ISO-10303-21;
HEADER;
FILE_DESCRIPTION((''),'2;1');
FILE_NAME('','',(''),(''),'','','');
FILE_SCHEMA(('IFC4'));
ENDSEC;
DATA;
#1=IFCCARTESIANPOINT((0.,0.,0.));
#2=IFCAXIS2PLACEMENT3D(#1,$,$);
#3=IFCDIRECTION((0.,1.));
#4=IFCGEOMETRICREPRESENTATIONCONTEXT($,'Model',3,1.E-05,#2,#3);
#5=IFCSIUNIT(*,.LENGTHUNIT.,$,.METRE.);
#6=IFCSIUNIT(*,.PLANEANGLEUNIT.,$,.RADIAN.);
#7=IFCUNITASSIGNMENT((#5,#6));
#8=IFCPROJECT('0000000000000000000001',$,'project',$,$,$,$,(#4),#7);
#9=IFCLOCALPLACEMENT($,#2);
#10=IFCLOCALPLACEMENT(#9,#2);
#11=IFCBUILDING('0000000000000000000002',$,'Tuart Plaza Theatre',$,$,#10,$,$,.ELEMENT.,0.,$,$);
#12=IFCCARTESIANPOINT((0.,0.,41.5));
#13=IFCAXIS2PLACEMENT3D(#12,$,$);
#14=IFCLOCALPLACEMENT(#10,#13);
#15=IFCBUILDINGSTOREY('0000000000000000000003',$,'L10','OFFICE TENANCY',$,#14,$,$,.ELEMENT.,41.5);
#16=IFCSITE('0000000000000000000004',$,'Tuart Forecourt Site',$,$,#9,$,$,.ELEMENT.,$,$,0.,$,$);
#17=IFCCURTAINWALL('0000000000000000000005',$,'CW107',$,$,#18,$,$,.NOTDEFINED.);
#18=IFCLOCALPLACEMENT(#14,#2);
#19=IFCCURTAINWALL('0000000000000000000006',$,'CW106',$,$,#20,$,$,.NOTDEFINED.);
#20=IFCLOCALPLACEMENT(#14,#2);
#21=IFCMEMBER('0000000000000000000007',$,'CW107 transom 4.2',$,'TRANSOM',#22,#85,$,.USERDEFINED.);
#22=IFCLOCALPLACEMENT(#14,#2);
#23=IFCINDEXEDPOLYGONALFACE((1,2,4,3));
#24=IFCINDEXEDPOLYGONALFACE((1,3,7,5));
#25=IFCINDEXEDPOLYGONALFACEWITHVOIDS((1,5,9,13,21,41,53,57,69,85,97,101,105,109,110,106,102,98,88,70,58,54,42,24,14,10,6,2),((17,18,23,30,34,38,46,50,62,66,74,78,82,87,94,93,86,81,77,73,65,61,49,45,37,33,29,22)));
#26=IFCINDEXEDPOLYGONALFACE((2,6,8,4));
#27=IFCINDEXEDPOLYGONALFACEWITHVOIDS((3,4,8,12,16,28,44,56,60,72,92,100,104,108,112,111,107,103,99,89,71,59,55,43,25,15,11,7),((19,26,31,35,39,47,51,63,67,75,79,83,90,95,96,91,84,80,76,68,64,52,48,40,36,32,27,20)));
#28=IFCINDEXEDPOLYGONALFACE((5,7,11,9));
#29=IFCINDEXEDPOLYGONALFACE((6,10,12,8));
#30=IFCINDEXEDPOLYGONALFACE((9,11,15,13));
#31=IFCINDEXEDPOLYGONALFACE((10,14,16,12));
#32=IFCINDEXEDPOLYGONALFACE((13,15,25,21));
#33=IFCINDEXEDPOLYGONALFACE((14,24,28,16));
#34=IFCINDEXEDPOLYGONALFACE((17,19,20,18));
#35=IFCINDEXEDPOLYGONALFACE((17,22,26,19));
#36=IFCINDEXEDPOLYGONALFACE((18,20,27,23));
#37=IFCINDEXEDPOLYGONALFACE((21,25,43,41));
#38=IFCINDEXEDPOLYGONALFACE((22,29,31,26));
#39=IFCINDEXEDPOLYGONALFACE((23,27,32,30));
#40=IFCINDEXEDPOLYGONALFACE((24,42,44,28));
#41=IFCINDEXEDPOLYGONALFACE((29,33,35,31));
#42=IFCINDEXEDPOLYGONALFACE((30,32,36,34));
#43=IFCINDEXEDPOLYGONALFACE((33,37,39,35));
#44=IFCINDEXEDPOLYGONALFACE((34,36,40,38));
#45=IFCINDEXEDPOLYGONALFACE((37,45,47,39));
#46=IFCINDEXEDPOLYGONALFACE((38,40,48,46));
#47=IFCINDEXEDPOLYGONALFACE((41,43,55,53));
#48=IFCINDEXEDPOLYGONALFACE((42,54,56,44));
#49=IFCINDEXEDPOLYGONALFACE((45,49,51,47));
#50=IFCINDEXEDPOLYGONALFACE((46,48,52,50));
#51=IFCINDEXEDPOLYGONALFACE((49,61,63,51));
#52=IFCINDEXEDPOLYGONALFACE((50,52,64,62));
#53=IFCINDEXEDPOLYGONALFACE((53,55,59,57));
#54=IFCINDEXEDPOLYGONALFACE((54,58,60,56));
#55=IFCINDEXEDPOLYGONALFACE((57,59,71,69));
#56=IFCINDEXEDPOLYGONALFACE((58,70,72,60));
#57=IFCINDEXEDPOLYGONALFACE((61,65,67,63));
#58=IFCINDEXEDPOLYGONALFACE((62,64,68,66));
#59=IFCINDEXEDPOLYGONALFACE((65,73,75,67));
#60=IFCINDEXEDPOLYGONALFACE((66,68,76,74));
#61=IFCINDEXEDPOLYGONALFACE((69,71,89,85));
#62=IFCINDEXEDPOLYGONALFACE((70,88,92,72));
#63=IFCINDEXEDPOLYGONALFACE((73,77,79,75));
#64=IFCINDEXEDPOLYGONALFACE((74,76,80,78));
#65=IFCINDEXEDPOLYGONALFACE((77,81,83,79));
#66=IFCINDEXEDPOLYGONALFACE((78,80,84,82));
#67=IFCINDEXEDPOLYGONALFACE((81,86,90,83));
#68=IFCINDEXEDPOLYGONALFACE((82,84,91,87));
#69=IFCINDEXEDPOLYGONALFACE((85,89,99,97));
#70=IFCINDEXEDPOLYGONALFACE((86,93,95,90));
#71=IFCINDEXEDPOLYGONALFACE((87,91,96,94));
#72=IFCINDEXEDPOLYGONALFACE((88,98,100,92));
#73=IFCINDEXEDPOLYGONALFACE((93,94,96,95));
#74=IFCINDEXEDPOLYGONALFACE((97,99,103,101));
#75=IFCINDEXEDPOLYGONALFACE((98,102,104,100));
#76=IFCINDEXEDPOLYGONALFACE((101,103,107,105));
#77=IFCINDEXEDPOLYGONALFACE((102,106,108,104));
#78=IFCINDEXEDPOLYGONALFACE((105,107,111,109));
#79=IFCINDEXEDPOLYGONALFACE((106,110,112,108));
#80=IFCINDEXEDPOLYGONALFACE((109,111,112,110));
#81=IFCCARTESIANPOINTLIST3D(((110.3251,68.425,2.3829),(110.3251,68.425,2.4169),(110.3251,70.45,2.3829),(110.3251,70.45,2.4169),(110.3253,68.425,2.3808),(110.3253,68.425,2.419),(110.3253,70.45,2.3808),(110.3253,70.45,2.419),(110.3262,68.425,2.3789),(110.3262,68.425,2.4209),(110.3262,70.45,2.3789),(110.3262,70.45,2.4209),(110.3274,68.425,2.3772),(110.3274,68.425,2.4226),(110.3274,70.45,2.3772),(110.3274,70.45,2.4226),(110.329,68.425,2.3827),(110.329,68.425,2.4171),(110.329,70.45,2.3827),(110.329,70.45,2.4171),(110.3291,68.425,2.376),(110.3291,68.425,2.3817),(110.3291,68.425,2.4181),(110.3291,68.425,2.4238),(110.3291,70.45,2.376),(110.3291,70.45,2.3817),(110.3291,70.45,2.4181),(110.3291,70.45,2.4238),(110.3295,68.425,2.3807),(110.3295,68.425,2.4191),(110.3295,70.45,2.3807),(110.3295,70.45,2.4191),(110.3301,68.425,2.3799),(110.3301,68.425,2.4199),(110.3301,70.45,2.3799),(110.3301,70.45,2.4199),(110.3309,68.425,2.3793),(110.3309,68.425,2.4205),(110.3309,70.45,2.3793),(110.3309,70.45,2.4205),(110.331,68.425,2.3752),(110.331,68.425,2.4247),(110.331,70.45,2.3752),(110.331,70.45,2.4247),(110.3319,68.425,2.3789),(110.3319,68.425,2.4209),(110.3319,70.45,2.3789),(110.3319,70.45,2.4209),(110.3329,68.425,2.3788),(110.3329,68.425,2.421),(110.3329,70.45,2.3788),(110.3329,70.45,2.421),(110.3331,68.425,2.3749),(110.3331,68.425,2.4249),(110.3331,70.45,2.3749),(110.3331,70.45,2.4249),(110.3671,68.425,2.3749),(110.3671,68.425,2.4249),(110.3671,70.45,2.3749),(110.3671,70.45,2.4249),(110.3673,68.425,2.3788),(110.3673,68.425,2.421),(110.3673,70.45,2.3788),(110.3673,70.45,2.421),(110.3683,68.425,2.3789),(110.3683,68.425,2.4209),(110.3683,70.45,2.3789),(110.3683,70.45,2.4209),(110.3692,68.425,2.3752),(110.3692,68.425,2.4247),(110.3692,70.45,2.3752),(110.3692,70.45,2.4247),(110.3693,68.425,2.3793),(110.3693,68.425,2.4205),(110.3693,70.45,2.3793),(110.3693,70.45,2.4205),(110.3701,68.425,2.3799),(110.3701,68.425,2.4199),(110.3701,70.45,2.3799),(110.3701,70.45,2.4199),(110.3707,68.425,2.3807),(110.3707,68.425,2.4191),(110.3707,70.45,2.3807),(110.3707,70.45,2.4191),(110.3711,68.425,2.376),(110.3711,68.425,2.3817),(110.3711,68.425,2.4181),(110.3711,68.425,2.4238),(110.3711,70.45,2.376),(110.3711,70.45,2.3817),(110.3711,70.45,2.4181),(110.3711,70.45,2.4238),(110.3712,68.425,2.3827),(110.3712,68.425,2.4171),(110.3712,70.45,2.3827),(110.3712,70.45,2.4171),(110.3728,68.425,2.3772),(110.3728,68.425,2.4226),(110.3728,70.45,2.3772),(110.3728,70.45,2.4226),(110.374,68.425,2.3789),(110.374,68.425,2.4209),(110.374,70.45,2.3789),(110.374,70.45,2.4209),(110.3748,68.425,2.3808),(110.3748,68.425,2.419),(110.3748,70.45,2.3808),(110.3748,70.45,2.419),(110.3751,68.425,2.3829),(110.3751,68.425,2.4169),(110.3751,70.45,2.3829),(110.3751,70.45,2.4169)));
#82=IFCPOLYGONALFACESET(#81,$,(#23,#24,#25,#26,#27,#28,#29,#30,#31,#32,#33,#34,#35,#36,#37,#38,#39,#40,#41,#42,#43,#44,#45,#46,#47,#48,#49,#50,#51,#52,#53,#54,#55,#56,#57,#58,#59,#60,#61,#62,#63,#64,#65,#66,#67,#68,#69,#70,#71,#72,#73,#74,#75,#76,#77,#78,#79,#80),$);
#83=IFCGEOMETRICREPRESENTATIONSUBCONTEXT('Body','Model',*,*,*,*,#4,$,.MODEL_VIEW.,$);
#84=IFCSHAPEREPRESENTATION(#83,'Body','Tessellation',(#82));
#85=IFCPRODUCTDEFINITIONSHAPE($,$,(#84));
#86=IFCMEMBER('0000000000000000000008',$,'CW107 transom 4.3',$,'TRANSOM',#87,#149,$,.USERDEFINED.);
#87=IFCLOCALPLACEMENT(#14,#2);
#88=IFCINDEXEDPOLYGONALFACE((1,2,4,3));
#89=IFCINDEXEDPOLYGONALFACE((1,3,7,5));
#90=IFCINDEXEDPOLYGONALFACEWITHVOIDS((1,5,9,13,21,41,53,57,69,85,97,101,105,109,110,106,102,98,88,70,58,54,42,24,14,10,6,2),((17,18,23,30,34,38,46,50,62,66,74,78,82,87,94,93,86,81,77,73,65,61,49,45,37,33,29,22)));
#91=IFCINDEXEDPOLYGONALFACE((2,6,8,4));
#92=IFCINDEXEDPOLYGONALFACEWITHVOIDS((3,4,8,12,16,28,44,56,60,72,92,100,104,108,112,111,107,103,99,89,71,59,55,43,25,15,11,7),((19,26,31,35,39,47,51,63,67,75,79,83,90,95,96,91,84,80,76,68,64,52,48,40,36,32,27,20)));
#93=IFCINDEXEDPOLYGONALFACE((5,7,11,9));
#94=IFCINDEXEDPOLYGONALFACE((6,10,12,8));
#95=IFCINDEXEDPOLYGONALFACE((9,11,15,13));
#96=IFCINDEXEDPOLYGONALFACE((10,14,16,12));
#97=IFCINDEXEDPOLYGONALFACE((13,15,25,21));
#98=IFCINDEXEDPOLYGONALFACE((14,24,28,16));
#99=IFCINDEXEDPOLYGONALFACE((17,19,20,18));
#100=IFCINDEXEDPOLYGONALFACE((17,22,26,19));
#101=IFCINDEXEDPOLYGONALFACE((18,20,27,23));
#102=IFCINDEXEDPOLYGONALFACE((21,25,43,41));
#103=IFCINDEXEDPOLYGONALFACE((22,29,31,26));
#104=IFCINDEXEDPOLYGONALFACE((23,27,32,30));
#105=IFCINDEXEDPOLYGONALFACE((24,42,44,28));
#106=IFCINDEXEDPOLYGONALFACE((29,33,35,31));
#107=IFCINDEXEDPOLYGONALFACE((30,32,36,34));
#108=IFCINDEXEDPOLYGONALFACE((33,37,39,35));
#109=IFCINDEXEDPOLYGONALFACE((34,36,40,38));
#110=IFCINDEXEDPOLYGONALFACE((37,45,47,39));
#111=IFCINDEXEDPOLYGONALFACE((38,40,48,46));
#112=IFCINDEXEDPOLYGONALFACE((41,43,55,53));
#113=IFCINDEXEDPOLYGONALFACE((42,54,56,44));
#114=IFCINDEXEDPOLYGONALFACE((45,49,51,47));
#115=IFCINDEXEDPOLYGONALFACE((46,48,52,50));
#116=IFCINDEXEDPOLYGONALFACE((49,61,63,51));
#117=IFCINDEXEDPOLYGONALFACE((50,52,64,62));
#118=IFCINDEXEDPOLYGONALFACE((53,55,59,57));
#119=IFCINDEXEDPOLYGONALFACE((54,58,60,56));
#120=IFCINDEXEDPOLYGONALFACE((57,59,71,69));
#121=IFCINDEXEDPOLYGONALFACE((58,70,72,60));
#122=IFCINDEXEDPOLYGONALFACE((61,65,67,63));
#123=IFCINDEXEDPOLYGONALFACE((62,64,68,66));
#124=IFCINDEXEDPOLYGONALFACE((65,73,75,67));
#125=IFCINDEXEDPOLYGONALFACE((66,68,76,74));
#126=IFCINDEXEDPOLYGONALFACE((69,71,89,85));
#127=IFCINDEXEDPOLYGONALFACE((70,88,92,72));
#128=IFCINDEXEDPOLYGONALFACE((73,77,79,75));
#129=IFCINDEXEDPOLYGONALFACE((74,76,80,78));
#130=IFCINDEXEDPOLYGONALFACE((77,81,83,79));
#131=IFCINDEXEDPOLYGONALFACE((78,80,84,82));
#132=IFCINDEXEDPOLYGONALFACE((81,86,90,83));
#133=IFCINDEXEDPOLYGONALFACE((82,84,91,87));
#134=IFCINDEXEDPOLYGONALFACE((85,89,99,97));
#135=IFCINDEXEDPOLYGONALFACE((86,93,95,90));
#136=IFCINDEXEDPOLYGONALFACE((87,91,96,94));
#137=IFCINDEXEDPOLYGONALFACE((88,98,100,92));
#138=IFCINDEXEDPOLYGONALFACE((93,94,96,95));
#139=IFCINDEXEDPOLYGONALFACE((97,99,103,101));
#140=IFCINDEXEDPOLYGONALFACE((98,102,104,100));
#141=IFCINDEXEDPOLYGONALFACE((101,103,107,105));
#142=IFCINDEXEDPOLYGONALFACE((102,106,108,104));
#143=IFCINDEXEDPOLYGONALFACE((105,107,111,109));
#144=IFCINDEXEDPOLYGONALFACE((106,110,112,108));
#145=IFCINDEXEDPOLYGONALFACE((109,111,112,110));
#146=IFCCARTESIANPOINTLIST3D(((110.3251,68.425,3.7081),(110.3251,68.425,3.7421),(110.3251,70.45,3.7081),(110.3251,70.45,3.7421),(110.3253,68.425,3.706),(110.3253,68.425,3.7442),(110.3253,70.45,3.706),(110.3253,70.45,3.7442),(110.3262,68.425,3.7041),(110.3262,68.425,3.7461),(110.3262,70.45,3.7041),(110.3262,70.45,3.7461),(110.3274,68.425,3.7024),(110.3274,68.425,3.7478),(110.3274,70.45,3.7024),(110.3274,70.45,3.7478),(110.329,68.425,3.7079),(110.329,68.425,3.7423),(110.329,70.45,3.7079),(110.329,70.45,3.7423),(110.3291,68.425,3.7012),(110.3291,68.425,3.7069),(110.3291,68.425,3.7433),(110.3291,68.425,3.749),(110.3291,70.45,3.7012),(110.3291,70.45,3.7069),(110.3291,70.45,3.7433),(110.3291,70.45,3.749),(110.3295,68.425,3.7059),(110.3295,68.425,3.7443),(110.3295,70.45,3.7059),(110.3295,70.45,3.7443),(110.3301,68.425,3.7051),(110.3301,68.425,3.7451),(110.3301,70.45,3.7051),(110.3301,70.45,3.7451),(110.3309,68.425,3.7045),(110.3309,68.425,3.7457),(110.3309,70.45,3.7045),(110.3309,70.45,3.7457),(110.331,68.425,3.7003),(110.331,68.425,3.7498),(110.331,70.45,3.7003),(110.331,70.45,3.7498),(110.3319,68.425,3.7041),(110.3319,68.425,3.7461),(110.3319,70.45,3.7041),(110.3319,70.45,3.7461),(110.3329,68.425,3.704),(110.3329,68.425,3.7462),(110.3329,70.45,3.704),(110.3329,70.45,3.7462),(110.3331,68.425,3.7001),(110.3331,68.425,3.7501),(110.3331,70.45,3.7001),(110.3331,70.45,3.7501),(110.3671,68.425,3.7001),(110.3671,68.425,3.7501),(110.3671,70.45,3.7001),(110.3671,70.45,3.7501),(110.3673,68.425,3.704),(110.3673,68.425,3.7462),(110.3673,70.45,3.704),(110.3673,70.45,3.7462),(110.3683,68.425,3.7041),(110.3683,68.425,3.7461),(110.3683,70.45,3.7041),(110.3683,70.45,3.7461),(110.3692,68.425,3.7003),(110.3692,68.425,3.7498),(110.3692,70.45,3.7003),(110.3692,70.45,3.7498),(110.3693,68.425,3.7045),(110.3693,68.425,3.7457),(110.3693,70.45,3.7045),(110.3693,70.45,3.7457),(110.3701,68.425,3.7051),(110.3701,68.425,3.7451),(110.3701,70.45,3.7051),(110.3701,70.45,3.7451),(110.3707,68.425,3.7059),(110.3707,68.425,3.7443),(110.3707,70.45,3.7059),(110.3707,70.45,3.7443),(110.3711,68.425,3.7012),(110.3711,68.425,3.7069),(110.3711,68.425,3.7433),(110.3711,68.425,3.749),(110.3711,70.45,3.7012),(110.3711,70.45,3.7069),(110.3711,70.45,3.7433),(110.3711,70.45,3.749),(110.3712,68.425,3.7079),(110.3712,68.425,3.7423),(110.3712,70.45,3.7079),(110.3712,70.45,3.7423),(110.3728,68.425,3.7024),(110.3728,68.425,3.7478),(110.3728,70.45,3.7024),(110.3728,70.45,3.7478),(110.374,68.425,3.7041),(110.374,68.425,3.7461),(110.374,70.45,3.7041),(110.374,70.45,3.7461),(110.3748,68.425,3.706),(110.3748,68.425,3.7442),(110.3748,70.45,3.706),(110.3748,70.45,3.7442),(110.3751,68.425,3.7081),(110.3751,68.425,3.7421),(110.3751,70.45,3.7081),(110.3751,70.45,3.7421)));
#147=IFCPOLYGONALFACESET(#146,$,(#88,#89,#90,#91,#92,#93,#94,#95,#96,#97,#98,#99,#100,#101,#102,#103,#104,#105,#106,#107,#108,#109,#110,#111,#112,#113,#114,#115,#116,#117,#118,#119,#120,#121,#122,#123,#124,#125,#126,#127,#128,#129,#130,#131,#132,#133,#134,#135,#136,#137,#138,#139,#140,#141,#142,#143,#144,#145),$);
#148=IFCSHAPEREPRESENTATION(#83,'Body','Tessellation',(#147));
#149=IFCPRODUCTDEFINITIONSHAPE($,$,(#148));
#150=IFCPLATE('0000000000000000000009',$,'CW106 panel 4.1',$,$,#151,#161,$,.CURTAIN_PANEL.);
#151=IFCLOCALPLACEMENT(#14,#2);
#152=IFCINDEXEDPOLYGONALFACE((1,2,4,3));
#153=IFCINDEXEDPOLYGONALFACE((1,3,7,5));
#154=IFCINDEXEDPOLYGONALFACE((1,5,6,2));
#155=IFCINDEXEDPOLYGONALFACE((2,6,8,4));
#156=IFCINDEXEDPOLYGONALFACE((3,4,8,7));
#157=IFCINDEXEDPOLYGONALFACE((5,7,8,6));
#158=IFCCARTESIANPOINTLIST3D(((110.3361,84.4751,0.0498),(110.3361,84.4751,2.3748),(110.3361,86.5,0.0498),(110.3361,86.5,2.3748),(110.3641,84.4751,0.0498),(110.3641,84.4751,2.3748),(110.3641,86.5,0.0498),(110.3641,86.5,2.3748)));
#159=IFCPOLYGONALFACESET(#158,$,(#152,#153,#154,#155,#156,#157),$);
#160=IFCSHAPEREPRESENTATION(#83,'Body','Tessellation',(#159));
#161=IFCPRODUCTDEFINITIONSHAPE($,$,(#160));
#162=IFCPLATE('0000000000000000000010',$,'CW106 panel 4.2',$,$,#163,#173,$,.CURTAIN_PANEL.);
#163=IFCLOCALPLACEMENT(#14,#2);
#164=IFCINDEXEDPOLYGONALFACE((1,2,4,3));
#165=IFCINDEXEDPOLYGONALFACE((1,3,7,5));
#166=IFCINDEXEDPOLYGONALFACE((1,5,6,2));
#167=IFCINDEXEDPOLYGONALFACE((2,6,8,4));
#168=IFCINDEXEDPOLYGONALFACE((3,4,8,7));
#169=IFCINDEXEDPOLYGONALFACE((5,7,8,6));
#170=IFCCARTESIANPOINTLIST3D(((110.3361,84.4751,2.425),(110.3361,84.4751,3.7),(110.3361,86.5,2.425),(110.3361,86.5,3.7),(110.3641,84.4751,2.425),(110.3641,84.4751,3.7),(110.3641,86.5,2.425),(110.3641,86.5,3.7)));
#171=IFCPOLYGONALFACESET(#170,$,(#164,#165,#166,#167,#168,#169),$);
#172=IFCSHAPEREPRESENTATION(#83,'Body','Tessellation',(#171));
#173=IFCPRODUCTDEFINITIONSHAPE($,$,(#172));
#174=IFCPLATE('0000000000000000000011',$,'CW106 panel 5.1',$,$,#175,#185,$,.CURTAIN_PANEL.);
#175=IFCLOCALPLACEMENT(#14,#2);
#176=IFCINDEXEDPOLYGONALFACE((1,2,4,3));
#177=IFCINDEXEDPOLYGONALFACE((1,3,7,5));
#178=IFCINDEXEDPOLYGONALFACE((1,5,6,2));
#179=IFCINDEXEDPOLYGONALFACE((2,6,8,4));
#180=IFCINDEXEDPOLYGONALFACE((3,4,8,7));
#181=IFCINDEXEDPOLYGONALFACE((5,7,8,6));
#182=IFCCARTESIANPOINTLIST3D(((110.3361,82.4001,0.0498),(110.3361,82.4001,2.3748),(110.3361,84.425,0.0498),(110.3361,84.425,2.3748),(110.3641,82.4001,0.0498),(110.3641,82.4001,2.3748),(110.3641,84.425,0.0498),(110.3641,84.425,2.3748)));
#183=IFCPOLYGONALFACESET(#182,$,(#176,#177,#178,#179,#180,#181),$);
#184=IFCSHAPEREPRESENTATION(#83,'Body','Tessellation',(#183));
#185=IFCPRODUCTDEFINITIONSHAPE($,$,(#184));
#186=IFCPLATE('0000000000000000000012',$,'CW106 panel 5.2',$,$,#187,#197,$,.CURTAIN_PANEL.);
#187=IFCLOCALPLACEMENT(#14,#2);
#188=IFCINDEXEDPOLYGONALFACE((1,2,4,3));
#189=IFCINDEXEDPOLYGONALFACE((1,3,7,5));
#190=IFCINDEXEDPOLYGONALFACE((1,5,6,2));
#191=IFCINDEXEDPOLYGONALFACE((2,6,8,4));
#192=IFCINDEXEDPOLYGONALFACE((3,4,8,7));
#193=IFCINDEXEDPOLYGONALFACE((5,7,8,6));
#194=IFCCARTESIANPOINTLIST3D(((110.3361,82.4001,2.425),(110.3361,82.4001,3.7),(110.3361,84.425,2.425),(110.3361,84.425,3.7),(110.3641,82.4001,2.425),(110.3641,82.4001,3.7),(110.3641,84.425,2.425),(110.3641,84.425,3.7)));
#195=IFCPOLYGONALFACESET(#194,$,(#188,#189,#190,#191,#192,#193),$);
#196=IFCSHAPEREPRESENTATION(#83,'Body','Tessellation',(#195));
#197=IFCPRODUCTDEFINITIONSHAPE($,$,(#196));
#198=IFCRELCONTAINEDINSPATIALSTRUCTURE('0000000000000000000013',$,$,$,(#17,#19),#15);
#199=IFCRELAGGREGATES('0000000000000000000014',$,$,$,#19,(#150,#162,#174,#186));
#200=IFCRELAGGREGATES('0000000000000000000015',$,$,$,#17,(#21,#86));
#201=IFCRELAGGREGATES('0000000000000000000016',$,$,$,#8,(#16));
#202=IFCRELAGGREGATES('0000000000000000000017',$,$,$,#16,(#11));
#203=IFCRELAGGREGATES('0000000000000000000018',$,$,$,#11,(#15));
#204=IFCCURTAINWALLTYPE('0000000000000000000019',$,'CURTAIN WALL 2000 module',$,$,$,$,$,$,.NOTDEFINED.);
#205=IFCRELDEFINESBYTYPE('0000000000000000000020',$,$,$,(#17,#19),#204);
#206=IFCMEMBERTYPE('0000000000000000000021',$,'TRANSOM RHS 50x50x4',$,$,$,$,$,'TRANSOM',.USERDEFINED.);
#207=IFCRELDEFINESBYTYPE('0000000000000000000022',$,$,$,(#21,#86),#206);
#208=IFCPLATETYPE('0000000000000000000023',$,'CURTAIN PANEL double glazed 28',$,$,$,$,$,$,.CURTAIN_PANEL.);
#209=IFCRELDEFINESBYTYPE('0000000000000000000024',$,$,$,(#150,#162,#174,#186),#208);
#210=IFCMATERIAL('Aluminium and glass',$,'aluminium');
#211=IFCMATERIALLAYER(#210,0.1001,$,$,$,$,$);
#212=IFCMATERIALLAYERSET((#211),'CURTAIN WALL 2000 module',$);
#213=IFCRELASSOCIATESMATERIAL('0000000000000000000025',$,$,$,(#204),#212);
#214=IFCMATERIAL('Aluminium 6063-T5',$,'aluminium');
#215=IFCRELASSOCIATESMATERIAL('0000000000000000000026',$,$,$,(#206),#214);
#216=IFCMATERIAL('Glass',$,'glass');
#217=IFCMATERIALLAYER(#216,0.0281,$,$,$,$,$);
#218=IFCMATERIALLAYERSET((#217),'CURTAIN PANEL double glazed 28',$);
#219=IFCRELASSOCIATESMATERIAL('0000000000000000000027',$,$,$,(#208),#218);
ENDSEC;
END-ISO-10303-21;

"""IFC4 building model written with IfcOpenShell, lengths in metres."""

from ifc_helpers import new_model, si_unit, direction, frame, origin, origin_2d, place, context, subcontext, project, spatial, rectangle, hollow_rectangle, extrude, material, layer, layer_set, material_profile, profile_set, type_object, element, aggregate, save


model = new_model("IFC4")

# Units and contexts
model_context = context("Model", 3, precision=1e-05, world=origin(), true_north=direction((0.0, 1.0)))
body_context = subcontext(model_context, "Body", "Model", "MODEL_VIEW")
ifc_project = project(units=[si_unit("LENGTHUNIT", "METRE"), si_unit("PLANEANGLEUNIT", "RADIAN")], contexts=[model_context])

# Site, building, storey
site_placement = place(None, origin())
site = spatial("IfcSite", under=ifc_project, at=site_placement, Name="Tuart Forecourt Site", CompositionType="ELEMENT", RefElevation=0.0)
building_placement = place(site_placement, origin())
building = spatial("IfcBuilding", under=site, at=building_placement, Name="Tuart Plaza Theatre", CompositionType="ELEMENT", ElevationOfRefHeight=0.0)
storey_placement = place(building_placement, frame((0.0, 0.0, 41.5)))
storey = spatial("IfcBuildingStorey", under=building, at=storey_placement, Name="L10", Description="OFFICE TENANCY", CompositionType="ELEMENT", Elevation=41.5)

# Curtain walls
ifc_material_1 = material(Name="Aluminium and glass", Category="aluminium")
ifc_layer_1 = layer(ifc_material_1, 0.1001)
ifc_layer_set_1 = layer_set([ifc_layer_1], Name="CURTAIN WALL 2000 module")
curtain_wall_type = type_object("IfcCurtainWallType", Name="CURTAIN WALL 2000 module", PredefinedType="NOTDEFINED", material=ifc_layer_set_1)
curtain_wall_1_placement = place(storey_placement, origin())
curtain_wall_1 = element("IfcCurtainWall", 1, at=curtain_wall_1_placement, inside=storey, type_object=curtain_wall_type, Name="CW107", PredefinedType="NOTDEFINED")
curtain_wall_2_placement = place(storey_placement, origin())
curtain_wall_2 = element("IfcCurtainWall", 2, at=curtain_wall_2_placement, inside=storey, type_object=curtain_wall_type, Name="CW106", PredefinedType="NOTDEFINED")
ifc_material_2 = material(Name="Aluminium 6063-T5", Category="aluminium")
ifc_material_profile_1 = material_profile(ifc_material_2, hollow_rectangle(XDim=0.05, YDim=0.05, WallThickness=0.0039, InnerFilletRadius=0.0039, OuterFilletRadius=0.0081, at=origin_2d()), Name="RHS 50x50x4")
ifc_profile_set_1 = profile_set([ifc_material_profile_1], Name="Aluminium 6063-T5")
member_type_1 = type_object("IfcMemberType", Name="TRANSOM RHS 50x50x4", ElementType="TRANSOM", PredefinedType="USERDEFINED", material=ifc_profile_set_1)

# Members
member_1_placement = place(storey_placement, frame((110.3501, 70.45, 2.3999), z_axis=(0.0, -1.0, 0.0), x_axis=(1.0, 0.0, 0.0)))
member_1 = element("IfcMember", 3, at=member_1_placement, type_object=member_type_1, Name="CW107 transom 4.2", ObjectType="TRANSOM", PredefinedType="USERDEFINED", context=body_context, shape_type="SweptSolid", body=[
    extrude(hollow_rectangle(XDim=0.05, YDim=0.05, WallThickness=0.0039, InnerFilletRadius=0.0039, OuterFilletRadius=0.0081, at=origin_2d()), origin(), (0.0, 0.0, 1.0), 2.0249),
])
member_2_placement = place(storey_placement, frame((110.3501, 70.45, 3.7251), z_axis=(0.0, -1.0, 0.0), x_axis=(1.0, 0.0, 0.0)))
member_2 = element("IfcMember", 4, at=member_2_placement, type_object=member_type_1, Name="CW107 transom 4.3", ObjectType="TRANSOM", PredefinedType="USERDEFINED", context=body_context, shape_type="SweptSolid", body=[
    extrude(hollow_rectangle(XDim=0.05, YDim=0.05, WallThickness=0.0039, InnerFilletRadius=0.0039, OuterFilletRadius=0.0081, at=origin_2d()), origin(), (0.0, 0.0, 1.0), 2.0249),
])

# Plates
ifc_material_3 = material(Name="Glass", Category="glass")
ifc_layer_2 = layer(ifc_material_3, 0.0281)
ifc_layer_set_2 = layer_set([ifc_layer_2], Name="CURTAIN PANEL double glazed 28")
plate_type = type_object("IfcPlateType", Name="CURTAIN PANEL double glazed 28", PredefinedType="CURTAIN_PANEL", material=ifc_layer_set_2)
plate_1_placement = place(storey_placement, frame((110.3501, 85.4875, 0.0498), z_axis=(0.0, 0.0, 1.0), x_axis=(0.0, -1.0, 0.0)))
plate_1 = element("IfcPlate", 5, at=plate_1_placement, type_object=plate_type, Name="CW106 panel 4.1", PredefinedType="CURTAIN_PANEL", context=body_context, shape_type="SweptSolid", body=[
    extrude(rectangle(XDim=2.0249, YDim=0.0281, at=origin_2d()), origin(), (0.0, 0.0, 1.0), 2.325),
])
plate_2_placement = place(storey_placement, frame((110.3501, 85.4875, 2.425), z_axis=(0.0, 0.0, 1.0), x_axis=(0.0, -1.0, 0.0)))
plate_2 = element("IfcPlate", 6, at=plate_2_placement, type_object=plate_type, Name="CW106 panel 4.2", PredefinedType="CURTAIN_PANEL", context=body_context, shape_type="SweptSolid", body=[
    extrude(rectangle(XDim=2.0249, YDim=0.0281, at=origin_2d()), origin(), (0.0, 0.0, 1.0), 1.2749),
])
plate_3_placement = place(storey_placement, frame((110.3501, 83.4126, 0.0498), z_axis=(0.0, 0.0, 1.0), x_axis=(0.0, -1.0, 0.0)))
plate_3 = element("IfcPlate", 7, at=plate_3_placement, type_object=plate_type, Name="CW106 panel 5.1", PredefinedType="CURTAIN_PANEL", context=body_context, shape_type="SweptSolid", body=[
    extrude(rectangle(XDim=2.0249, YDim=0.0281, at=origin_2d()), origin(), (0.0, 0.0, 1.0), 2.325),
])
plate_4_placement = place(storey_placement, frame((110.3501, 83.4126, 2.425), z_axis=(0.0, 0.0, 1.0), x_axis=(0.0, -1.0, 0.0)))
plate_4 = element("IfcPlate", 8, at=plate_4_placement, type_object=plate_type, Name="CW106 panel 5.2", PredefinedType="CURTAIN_PANEL", context=body_context, shape_type="SweptSolid", body=[
    extrude(rectangle(XDim=2.0249, YDim=0.0281, at=origin_2d()), origin(), (0.0, 0.0, 1.0), 1.2749),
])
aggregate(curtain_wall_2, [plate_1, plate_2, plate_3, plate_4])
aggregate(curtain_wall_1, [member_1, member_2])

save(model, "model.ifc")
